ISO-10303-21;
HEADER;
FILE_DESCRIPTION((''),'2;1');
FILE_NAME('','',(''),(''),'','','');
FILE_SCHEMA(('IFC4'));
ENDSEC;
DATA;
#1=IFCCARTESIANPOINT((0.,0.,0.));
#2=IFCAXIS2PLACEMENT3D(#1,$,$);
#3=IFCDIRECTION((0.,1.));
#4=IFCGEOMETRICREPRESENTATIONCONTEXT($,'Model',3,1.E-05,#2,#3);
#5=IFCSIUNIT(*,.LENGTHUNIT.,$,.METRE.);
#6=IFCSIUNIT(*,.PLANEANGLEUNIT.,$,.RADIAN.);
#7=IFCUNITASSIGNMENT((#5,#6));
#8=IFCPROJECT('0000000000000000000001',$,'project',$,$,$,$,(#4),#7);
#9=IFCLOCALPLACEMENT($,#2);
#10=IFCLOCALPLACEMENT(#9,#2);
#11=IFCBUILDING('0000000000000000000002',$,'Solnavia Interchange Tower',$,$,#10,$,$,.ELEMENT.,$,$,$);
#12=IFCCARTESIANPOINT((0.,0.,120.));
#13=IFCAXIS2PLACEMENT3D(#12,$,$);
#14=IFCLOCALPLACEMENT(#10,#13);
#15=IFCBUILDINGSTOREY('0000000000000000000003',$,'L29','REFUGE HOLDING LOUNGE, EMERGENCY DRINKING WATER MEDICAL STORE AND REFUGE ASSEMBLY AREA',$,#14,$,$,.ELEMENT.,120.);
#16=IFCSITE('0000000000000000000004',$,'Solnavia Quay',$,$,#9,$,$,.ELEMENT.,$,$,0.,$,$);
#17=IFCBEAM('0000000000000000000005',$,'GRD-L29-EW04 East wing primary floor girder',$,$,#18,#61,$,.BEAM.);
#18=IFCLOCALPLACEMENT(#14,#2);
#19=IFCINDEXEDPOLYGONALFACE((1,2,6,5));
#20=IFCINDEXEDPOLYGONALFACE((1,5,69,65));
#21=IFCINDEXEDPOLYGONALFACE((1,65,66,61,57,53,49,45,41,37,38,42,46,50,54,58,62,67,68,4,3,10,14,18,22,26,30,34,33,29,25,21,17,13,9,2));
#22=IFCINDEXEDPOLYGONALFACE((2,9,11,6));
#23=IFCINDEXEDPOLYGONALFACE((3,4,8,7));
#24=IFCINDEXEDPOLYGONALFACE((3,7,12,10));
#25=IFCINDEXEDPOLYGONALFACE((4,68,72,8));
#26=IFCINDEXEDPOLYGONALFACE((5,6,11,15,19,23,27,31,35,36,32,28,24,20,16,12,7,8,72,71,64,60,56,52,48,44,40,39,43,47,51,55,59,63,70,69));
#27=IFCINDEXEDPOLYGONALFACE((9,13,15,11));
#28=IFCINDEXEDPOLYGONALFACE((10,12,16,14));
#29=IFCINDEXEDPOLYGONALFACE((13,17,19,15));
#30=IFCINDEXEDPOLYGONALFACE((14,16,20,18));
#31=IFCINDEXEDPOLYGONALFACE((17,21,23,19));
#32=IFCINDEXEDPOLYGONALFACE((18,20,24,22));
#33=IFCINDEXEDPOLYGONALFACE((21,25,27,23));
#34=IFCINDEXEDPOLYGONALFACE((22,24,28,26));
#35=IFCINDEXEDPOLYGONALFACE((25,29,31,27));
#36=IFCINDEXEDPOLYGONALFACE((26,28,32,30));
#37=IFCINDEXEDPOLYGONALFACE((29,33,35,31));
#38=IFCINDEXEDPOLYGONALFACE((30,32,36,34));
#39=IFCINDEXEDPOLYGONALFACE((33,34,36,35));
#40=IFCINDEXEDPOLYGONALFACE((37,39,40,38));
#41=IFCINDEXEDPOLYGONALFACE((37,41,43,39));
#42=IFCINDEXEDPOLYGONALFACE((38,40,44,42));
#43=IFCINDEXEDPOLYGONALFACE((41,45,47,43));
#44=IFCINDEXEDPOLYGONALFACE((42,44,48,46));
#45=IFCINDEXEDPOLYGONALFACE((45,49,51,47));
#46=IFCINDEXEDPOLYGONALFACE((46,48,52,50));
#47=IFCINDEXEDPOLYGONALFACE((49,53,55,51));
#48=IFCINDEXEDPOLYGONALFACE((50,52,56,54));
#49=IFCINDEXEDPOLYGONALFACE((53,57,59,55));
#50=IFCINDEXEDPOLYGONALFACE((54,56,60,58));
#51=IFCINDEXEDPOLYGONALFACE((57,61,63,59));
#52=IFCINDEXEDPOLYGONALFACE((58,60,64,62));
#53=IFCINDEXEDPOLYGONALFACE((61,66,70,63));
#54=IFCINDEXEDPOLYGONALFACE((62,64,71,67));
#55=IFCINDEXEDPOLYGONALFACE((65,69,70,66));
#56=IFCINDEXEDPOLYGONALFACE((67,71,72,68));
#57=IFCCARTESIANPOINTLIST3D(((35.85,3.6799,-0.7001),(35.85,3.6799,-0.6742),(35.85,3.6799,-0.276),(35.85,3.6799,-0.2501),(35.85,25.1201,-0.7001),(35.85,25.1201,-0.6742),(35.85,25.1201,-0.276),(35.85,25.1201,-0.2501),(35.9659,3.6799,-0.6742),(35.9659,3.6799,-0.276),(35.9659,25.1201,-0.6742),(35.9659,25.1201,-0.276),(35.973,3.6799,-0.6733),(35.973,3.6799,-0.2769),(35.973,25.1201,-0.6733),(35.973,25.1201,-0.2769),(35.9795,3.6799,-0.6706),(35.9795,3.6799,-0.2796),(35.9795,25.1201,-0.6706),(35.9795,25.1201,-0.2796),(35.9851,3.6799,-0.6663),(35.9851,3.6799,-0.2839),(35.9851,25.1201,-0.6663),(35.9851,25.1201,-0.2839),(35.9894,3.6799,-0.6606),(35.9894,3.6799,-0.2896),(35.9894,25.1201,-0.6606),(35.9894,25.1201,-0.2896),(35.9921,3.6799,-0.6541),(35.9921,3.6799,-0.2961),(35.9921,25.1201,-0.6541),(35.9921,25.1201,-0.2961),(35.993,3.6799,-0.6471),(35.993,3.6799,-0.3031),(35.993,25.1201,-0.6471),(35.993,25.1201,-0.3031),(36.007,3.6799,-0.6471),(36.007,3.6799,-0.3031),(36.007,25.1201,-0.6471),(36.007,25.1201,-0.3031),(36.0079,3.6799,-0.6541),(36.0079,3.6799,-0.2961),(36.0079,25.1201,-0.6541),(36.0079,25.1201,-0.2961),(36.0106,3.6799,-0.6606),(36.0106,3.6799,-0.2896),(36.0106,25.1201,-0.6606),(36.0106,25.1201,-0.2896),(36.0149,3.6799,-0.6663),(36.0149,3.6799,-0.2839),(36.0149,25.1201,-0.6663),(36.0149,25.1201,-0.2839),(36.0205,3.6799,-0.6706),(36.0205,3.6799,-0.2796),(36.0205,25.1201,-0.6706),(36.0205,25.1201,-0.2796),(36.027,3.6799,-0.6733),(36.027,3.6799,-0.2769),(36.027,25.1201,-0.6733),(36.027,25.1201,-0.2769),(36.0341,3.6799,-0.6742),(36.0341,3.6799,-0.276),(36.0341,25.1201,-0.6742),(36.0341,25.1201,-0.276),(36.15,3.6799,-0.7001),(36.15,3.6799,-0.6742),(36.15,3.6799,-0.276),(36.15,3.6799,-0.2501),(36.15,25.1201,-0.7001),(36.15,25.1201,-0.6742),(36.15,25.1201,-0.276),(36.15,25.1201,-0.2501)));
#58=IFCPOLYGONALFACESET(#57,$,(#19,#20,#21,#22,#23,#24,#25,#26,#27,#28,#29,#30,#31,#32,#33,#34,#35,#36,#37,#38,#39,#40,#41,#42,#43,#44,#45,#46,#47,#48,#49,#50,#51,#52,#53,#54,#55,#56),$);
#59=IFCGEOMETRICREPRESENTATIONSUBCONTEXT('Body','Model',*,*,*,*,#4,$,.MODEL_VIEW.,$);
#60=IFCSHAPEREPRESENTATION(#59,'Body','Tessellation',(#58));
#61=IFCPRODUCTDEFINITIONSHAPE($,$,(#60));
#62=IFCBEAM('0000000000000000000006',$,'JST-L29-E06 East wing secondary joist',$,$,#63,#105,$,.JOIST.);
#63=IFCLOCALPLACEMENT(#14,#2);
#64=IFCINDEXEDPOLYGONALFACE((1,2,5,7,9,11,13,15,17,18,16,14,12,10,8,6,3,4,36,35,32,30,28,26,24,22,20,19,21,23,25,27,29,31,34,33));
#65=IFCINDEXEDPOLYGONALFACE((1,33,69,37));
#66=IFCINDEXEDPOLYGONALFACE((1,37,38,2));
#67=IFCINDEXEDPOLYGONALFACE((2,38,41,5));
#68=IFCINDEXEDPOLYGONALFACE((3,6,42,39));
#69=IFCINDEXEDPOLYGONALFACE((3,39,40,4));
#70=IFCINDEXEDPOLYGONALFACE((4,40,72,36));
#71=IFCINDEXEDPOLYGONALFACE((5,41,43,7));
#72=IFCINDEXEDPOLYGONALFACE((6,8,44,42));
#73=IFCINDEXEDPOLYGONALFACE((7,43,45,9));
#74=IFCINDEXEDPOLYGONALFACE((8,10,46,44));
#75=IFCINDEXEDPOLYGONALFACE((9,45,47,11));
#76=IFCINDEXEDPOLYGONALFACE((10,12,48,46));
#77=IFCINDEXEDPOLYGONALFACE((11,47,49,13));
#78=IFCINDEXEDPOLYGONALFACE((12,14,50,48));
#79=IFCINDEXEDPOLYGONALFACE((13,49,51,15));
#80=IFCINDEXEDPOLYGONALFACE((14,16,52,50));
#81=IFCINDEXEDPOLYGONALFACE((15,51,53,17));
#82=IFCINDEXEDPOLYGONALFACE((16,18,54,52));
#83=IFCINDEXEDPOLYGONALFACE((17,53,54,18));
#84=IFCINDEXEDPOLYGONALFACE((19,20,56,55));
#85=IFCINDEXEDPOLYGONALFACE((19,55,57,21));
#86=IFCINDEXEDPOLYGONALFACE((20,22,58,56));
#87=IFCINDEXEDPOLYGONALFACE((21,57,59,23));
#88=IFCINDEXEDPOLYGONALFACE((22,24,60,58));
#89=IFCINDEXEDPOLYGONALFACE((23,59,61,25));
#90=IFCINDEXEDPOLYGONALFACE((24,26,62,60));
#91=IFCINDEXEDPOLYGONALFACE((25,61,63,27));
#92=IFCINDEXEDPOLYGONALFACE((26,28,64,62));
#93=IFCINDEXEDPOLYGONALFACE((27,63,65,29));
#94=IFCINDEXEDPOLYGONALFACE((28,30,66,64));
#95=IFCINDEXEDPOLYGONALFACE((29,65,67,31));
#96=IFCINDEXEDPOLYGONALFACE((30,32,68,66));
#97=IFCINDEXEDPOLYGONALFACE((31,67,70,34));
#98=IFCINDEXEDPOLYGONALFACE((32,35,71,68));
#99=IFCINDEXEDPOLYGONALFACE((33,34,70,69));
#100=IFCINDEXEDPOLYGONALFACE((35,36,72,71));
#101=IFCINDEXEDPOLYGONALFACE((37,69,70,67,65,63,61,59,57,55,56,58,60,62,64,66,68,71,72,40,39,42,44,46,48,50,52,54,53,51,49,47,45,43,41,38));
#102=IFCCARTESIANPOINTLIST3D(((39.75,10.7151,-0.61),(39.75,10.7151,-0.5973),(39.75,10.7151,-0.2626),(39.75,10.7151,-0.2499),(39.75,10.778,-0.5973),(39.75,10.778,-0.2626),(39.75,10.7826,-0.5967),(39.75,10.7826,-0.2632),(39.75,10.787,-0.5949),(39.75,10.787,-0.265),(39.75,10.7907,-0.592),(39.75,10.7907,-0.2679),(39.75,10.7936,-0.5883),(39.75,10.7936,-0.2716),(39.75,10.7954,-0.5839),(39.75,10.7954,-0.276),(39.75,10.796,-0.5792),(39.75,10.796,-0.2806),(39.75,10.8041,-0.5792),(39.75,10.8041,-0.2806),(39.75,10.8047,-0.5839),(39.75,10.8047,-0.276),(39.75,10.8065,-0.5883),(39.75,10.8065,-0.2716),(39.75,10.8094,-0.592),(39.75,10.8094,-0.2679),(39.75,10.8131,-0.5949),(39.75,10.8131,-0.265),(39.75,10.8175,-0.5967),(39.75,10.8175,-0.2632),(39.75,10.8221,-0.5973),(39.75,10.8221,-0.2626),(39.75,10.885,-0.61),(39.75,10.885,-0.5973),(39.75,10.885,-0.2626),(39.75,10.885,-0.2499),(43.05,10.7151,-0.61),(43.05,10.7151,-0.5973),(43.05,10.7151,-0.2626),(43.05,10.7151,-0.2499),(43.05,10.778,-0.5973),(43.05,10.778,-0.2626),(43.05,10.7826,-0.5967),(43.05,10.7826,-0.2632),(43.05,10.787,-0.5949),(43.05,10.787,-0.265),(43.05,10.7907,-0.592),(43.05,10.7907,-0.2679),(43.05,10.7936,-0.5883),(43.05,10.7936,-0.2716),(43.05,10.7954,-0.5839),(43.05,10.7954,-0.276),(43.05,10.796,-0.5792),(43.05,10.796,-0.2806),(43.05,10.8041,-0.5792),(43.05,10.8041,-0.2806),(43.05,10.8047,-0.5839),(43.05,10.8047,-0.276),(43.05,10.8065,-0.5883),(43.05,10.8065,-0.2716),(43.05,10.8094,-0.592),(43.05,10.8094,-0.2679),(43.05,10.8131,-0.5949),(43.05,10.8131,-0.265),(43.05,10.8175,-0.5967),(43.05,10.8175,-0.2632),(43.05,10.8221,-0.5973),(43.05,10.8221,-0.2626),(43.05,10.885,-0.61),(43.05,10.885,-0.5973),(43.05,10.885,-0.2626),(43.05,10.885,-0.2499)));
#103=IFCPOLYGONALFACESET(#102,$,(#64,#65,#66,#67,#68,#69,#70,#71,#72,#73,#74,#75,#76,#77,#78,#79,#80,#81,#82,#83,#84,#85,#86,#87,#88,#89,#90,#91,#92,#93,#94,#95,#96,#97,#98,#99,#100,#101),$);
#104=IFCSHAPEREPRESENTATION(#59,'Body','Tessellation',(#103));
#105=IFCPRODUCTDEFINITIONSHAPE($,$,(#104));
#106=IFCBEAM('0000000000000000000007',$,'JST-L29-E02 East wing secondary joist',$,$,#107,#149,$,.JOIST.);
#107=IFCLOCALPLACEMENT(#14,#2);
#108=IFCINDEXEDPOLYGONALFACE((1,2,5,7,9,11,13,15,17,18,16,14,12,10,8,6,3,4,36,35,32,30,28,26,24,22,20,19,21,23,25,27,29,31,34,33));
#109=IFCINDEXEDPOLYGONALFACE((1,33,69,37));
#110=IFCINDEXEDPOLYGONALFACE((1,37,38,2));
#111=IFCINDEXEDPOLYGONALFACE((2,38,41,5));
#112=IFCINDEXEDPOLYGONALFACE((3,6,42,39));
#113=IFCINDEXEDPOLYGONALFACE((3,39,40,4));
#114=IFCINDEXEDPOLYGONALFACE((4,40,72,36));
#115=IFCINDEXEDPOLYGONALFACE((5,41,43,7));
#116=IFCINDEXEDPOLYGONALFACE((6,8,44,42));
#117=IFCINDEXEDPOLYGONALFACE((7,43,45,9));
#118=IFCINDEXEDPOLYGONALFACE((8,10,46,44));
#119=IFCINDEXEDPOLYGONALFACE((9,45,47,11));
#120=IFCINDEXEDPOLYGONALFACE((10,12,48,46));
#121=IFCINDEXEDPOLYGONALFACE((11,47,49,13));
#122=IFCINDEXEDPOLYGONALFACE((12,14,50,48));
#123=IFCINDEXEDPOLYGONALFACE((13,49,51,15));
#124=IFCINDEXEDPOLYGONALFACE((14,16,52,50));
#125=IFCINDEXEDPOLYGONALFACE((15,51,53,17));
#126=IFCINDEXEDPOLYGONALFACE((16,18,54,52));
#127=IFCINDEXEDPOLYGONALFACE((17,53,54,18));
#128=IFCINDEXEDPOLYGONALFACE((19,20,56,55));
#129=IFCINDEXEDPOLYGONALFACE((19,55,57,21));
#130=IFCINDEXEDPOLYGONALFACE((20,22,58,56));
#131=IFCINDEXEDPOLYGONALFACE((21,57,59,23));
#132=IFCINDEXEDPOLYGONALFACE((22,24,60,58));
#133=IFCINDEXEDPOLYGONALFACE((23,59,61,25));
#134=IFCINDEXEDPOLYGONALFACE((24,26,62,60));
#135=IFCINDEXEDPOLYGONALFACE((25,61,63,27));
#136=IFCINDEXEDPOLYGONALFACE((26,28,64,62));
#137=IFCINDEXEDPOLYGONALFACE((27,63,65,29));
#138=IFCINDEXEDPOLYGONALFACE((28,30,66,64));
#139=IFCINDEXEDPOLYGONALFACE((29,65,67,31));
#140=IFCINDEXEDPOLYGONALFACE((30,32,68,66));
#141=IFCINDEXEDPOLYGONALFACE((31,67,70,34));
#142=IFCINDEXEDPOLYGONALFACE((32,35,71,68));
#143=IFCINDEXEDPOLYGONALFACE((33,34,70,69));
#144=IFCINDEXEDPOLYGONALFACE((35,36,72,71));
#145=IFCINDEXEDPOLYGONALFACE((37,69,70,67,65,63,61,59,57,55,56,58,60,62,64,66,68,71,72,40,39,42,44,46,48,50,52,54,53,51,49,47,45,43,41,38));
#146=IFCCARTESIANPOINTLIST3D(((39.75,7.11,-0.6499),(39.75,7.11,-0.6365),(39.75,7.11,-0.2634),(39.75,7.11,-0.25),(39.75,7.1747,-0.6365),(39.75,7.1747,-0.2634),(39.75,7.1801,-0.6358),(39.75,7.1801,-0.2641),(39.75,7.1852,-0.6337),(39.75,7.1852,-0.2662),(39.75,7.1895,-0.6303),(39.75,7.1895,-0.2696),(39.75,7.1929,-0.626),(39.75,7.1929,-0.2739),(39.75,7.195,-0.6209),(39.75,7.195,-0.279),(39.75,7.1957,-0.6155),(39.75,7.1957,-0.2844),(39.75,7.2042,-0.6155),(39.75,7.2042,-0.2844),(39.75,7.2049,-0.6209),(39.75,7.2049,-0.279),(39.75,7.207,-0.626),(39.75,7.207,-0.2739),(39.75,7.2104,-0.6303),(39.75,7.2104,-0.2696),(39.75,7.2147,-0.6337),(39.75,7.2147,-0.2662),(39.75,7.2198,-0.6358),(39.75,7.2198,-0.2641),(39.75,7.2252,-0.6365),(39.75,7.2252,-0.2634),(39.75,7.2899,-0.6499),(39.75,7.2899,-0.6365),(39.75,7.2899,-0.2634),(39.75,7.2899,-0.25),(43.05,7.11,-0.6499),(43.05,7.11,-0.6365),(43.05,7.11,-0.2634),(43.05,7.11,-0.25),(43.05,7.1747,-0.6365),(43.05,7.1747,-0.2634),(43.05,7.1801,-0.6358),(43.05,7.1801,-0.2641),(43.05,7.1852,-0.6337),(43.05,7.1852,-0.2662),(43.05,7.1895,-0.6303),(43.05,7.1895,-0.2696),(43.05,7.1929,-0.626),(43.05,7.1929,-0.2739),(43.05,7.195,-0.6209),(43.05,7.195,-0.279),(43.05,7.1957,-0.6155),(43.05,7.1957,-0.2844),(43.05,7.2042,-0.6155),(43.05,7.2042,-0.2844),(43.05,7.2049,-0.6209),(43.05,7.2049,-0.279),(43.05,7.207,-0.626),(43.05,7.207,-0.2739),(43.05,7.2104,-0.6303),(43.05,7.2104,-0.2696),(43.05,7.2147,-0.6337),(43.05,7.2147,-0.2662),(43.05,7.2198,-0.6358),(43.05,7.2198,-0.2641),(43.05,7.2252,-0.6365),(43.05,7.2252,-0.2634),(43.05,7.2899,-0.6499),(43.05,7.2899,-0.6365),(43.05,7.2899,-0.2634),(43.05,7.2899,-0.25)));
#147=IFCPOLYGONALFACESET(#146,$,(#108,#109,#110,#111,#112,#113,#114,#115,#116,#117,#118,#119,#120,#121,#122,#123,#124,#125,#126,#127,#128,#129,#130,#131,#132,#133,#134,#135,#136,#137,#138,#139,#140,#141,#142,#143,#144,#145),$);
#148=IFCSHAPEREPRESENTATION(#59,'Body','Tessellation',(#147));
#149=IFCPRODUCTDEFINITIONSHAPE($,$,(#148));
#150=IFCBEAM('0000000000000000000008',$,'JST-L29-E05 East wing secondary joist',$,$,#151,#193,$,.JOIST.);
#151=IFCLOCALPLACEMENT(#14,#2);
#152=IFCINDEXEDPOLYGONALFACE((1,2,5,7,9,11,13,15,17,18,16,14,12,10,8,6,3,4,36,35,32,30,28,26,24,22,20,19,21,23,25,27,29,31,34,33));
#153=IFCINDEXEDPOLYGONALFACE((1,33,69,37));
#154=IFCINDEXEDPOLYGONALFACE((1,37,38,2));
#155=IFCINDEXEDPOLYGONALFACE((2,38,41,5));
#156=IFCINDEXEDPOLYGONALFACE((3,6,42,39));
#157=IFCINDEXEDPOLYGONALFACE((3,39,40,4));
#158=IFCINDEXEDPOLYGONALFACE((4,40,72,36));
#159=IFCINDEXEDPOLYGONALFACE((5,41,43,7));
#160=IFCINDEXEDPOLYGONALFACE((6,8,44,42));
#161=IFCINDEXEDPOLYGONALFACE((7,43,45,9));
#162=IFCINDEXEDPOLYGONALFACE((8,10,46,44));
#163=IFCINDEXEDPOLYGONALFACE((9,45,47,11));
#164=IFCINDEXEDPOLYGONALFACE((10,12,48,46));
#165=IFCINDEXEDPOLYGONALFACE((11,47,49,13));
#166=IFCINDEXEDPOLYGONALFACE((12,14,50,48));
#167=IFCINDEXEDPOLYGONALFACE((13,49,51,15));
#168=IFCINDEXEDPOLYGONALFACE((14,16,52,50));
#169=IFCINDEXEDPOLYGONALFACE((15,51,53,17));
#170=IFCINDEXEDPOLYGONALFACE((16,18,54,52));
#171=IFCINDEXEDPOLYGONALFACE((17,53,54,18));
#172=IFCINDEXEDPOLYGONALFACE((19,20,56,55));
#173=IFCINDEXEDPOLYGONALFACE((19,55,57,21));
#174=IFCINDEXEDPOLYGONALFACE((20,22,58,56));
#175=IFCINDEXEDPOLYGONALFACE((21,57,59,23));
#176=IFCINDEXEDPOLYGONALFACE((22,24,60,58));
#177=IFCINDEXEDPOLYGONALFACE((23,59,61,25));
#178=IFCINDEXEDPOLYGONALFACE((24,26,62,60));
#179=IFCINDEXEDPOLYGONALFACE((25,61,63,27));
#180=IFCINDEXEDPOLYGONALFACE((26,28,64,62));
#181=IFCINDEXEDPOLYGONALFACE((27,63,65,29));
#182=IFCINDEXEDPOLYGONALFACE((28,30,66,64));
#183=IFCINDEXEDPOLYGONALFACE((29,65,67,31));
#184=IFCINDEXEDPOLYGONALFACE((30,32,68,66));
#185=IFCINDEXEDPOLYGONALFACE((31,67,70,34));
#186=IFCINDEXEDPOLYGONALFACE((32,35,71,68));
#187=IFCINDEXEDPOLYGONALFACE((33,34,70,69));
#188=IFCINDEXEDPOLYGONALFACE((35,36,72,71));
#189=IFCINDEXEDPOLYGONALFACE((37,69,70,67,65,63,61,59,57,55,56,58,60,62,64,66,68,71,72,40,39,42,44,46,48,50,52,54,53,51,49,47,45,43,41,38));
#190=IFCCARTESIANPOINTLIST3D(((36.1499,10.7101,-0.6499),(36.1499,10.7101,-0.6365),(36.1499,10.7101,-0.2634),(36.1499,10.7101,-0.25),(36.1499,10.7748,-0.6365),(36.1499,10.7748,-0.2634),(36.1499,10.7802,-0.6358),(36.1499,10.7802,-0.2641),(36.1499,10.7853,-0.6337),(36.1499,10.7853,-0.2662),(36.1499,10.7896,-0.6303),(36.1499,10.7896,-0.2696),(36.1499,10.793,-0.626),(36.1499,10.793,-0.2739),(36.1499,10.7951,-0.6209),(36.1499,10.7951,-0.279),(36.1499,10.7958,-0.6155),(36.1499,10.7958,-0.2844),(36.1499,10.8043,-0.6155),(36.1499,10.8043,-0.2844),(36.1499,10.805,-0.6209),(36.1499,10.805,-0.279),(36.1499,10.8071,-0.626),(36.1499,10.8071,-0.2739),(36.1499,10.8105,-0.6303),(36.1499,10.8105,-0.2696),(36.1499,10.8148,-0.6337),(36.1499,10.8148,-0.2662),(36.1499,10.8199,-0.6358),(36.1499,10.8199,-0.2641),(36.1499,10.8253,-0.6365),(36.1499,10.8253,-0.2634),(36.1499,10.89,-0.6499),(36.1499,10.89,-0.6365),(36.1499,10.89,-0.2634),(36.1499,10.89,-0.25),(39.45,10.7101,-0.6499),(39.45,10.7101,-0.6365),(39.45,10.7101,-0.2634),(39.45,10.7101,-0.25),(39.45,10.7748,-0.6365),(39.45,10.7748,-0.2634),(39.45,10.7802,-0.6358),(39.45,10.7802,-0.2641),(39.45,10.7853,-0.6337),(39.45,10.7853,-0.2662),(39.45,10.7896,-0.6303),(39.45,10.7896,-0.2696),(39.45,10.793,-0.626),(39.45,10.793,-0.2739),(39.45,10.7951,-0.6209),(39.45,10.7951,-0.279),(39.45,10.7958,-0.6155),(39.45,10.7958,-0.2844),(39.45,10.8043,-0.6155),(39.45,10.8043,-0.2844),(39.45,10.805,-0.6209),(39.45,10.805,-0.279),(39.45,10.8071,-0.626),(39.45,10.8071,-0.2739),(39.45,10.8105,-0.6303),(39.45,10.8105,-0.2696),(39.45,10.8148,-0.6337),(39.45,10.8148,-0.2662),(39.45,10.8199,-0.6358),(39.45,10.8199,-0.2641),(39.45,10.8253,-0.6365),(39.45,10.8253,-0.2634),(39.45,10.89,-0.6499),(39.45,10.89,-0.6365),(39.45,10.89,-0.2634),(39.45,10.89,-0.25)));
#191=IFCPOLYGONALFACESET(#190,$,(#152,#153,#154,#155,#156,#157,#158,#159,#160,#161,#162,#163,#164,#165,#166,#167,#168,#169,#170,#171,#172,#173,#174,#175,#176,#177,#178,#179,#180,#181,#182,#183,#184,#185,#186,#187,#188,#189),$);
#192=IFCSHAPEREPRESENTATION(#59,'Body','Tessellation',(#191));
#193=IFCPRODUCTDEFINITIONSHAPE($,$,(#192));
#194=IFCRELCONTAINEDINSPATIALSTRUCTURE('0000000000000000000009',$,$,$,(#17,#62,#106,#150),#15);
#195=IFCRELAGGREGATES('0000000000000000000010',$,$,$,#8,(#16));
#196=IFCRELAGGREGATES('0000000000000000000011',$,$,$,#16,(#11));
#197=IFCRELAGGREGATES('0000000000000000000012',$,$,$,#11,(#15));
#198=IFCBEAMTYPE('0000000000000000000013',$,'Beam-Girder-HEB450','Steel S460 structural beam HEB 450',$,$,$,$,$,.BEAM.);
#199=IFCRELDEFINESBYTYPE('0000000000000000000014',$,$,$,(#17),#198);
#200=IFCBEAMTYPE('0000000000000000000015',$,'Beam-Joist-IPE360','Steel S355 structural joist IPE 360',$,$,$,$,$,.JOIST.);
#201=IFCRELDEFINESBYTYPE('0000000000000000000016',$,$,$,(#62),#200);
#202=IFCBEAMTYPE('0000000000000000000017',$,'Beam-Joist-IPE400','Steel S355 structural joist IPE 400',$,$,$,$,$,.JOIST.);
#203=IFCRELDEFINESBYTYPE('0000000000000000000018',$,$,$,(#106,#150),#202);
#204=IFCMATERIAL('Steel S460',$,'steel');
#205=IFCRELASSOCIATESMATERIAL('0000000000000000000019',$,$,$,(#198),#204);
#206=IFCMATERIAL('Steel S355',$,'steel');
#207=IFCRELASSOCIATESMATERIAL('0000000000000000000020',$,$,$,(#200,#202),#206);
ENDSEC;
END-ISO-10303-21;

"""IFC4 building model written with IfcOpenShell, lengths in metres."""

from ifc_helpers import new_model, si_unit, direction, frame, origin, origin_2d, place, context, subcontext, project, spatial, i_section, extrude, material, material_profile, profile_set, type_object, element, save


model = new_model("IFC4")

# Units and contexts
model_context = context("Model", 3, precision=1e-05, world=origin(), true_north=direction((0.0, 1.0)))
body_context = subcontext(model_context, "Body", "Model", "MODEL_VIEW")
ifc_project = project(units=[si_unit("LENGTHUNIT", "METRE"), si_unit("PLANEANGLEUNIT", "RADIAN")], contexts=[model_context])

# Site, building, storey
site_placement = place(None, origin())
site = spatial("IfcSite", under=ifc_project, at=site_placement, Name="Solnavia Quay", CompositionType="ELEMENT", RefElevation=0.0)
building_placement = place(site_placement, origin())
building = spatial("IfcBuilding", under=site, at=building_placement, Name="Solnavia Interchange Tower", CompositionType="ELEMENT")
storey_placement = place(building_placement, frame((0.0, 0.0, 120.0)))
storey = spatial("IfcBuildingStorey", under=building, at=storey_placement, Name="L29", Description="REFUGE HOLDING LOUNGE, EMERGENCY DRINKING WATER MEDICAL STORE AND REFUGE ASSEMBLY AREA", CompositionType="ELEMENT", Elevation=120.0)

# Shared definitions
ifc_material_1 = material(Name="Steel S355", Category="steel")

# Beams
ifc_material_2 = material(Name="Steel S460", Category="steel")
ifc_material_profile_1 = material_profile(ifc_material_2, i_section(OverallWidth=0.3, OverallDepth=0.45, WebThickness=0.0139, FlangeThickness=0.0259, FilletRadius=0.0271, at=origin_2d()), Name="HEB 450")
ifc_profile_set_1 = profile_set([ifc_material_profile_1], Name="Steel S460")
beam_type_1 = type_object("IfcBeamType", Name="Beam-Girder-HEB450", Description="Steel S460 structural beam HEB 450", PredefinedType="BEAM", material=ifc_profile_set_1)
beam_1_placement = place(storey_placement, frame((36.0, 3.6799, -0.4751), z_axis=(0.0, 1.0, 0.0), x_axis=(-1.0, 0.0, 0.0)))
element("IfcBeam", 1, at=beam_1_placement, inside=storey, type_object=beam_type_1, Name="GRD-L29-EW04 East wing primary floor girder", PredefinedType="BEAM", context=body_context, shape_type="SweptSolid", body=[
    extrude(i_section(OverallWidth=0.3, OverallDepth=0.45, WebThickness=0.0139, FlangeThickness=0.0259, FilletRadius=0.0271, at=origin_2d()), origin(), (0.0, 0.0, 1.0), 21.4402),
])
ifc_material_profile_2 = material_profile(ifc_material_1, i_section(OverallWidth=0.1699, OverallDepth=0.3601, WebThickness=0.0081, FlangeThickness=0.0127, FilletRadius=0.0181, at=origin_2d()), Name="IPE 360")
ifc_profile_set_2 = profile_set([ifc_material_profile_2], Name="Steel S355")
beam_type_2 = type_object("IfcBeamType", Name="Beam-Joist-IPE360", Description="Steel S355 structural joist IPE 360", PredefinedType="JOIST", material=ifc_profile_set_2)
beam_2_placement = place(storey_placement, frame((39.75, 10.8, -0.4299), z_axis=(1.0, 0.0, 0.0), x_axis=(0.0, 1.0, 0.0)))
element("IfcBeam", 2, at=beam_2_placement, inside=storey, type_object=beam_type_2, Name="JST-L29-E06 East wing secondary joist", PredefinedType="JOIST", context=body_context, shape_type="SweptSolid", body=[
    extrude(i_section(OverallWidth=0.1699, OverallDepth=0.3601, WebThickness=0.0081, FlangeThickness=0.0127, FilletRadius=0.0181, at=origin_2d()), origin(), (0.0, 0.0, 1.0), 3.3),
])
ifc_material_profile_3 = material_profile(ifc_material_1, i_section(OverallWidth=0.1799, OverallDepth=0.3999, WebThickness=0.0085, FlangeThickness=0.0134, FilletRadius=0.021, at=origin_2d()), Name="IPE 400")
ifc_profile_set_3 = profile_set([ifc_material_profile_3], Name="Steel S355")
beam_type_3 = type_object("IfcBeamType", Name="Beam-Joist-IPE400", Description="Steel S355 structural joist IPE 400", PredefinedType="JOIST", material=ifc_profile_set_3)
for number, where, z_axis, x_axis, name in (
    (3, (39.75, 7.2, -0.45), (1.0, 0.0, 0.0), (0.0, 1.0, 0.0), "JST-L29-E02 East wing secondary joist"),
    (4, (36.1499, 10.8, -0.45), (1.0, 0.0, 0.0), (0.0, 1.0, 0.0), "JST-L29-E05 East wing secondary joist"),
):
    element("IfcBeam", number, at=place(storey_placement, frame(where, z_axis=z_axis, x_axis=x_axis)), inside=storey, type_object=beam_type_3, Name=name, PredefinedType="JOIST", context=body_context, shape_type="SweptSolid", body=[
        extrude(i_section(OverallWidth=0.1799, OverallDepth=0.3999, WebThickness=0.0085, FlangeThickness=0.0134, FilletRadius=0.021, at=origin_2d()), origin(), (0.0, 0.0, 1.0), 3.3),
    ])

save(model, "model.ifc")
